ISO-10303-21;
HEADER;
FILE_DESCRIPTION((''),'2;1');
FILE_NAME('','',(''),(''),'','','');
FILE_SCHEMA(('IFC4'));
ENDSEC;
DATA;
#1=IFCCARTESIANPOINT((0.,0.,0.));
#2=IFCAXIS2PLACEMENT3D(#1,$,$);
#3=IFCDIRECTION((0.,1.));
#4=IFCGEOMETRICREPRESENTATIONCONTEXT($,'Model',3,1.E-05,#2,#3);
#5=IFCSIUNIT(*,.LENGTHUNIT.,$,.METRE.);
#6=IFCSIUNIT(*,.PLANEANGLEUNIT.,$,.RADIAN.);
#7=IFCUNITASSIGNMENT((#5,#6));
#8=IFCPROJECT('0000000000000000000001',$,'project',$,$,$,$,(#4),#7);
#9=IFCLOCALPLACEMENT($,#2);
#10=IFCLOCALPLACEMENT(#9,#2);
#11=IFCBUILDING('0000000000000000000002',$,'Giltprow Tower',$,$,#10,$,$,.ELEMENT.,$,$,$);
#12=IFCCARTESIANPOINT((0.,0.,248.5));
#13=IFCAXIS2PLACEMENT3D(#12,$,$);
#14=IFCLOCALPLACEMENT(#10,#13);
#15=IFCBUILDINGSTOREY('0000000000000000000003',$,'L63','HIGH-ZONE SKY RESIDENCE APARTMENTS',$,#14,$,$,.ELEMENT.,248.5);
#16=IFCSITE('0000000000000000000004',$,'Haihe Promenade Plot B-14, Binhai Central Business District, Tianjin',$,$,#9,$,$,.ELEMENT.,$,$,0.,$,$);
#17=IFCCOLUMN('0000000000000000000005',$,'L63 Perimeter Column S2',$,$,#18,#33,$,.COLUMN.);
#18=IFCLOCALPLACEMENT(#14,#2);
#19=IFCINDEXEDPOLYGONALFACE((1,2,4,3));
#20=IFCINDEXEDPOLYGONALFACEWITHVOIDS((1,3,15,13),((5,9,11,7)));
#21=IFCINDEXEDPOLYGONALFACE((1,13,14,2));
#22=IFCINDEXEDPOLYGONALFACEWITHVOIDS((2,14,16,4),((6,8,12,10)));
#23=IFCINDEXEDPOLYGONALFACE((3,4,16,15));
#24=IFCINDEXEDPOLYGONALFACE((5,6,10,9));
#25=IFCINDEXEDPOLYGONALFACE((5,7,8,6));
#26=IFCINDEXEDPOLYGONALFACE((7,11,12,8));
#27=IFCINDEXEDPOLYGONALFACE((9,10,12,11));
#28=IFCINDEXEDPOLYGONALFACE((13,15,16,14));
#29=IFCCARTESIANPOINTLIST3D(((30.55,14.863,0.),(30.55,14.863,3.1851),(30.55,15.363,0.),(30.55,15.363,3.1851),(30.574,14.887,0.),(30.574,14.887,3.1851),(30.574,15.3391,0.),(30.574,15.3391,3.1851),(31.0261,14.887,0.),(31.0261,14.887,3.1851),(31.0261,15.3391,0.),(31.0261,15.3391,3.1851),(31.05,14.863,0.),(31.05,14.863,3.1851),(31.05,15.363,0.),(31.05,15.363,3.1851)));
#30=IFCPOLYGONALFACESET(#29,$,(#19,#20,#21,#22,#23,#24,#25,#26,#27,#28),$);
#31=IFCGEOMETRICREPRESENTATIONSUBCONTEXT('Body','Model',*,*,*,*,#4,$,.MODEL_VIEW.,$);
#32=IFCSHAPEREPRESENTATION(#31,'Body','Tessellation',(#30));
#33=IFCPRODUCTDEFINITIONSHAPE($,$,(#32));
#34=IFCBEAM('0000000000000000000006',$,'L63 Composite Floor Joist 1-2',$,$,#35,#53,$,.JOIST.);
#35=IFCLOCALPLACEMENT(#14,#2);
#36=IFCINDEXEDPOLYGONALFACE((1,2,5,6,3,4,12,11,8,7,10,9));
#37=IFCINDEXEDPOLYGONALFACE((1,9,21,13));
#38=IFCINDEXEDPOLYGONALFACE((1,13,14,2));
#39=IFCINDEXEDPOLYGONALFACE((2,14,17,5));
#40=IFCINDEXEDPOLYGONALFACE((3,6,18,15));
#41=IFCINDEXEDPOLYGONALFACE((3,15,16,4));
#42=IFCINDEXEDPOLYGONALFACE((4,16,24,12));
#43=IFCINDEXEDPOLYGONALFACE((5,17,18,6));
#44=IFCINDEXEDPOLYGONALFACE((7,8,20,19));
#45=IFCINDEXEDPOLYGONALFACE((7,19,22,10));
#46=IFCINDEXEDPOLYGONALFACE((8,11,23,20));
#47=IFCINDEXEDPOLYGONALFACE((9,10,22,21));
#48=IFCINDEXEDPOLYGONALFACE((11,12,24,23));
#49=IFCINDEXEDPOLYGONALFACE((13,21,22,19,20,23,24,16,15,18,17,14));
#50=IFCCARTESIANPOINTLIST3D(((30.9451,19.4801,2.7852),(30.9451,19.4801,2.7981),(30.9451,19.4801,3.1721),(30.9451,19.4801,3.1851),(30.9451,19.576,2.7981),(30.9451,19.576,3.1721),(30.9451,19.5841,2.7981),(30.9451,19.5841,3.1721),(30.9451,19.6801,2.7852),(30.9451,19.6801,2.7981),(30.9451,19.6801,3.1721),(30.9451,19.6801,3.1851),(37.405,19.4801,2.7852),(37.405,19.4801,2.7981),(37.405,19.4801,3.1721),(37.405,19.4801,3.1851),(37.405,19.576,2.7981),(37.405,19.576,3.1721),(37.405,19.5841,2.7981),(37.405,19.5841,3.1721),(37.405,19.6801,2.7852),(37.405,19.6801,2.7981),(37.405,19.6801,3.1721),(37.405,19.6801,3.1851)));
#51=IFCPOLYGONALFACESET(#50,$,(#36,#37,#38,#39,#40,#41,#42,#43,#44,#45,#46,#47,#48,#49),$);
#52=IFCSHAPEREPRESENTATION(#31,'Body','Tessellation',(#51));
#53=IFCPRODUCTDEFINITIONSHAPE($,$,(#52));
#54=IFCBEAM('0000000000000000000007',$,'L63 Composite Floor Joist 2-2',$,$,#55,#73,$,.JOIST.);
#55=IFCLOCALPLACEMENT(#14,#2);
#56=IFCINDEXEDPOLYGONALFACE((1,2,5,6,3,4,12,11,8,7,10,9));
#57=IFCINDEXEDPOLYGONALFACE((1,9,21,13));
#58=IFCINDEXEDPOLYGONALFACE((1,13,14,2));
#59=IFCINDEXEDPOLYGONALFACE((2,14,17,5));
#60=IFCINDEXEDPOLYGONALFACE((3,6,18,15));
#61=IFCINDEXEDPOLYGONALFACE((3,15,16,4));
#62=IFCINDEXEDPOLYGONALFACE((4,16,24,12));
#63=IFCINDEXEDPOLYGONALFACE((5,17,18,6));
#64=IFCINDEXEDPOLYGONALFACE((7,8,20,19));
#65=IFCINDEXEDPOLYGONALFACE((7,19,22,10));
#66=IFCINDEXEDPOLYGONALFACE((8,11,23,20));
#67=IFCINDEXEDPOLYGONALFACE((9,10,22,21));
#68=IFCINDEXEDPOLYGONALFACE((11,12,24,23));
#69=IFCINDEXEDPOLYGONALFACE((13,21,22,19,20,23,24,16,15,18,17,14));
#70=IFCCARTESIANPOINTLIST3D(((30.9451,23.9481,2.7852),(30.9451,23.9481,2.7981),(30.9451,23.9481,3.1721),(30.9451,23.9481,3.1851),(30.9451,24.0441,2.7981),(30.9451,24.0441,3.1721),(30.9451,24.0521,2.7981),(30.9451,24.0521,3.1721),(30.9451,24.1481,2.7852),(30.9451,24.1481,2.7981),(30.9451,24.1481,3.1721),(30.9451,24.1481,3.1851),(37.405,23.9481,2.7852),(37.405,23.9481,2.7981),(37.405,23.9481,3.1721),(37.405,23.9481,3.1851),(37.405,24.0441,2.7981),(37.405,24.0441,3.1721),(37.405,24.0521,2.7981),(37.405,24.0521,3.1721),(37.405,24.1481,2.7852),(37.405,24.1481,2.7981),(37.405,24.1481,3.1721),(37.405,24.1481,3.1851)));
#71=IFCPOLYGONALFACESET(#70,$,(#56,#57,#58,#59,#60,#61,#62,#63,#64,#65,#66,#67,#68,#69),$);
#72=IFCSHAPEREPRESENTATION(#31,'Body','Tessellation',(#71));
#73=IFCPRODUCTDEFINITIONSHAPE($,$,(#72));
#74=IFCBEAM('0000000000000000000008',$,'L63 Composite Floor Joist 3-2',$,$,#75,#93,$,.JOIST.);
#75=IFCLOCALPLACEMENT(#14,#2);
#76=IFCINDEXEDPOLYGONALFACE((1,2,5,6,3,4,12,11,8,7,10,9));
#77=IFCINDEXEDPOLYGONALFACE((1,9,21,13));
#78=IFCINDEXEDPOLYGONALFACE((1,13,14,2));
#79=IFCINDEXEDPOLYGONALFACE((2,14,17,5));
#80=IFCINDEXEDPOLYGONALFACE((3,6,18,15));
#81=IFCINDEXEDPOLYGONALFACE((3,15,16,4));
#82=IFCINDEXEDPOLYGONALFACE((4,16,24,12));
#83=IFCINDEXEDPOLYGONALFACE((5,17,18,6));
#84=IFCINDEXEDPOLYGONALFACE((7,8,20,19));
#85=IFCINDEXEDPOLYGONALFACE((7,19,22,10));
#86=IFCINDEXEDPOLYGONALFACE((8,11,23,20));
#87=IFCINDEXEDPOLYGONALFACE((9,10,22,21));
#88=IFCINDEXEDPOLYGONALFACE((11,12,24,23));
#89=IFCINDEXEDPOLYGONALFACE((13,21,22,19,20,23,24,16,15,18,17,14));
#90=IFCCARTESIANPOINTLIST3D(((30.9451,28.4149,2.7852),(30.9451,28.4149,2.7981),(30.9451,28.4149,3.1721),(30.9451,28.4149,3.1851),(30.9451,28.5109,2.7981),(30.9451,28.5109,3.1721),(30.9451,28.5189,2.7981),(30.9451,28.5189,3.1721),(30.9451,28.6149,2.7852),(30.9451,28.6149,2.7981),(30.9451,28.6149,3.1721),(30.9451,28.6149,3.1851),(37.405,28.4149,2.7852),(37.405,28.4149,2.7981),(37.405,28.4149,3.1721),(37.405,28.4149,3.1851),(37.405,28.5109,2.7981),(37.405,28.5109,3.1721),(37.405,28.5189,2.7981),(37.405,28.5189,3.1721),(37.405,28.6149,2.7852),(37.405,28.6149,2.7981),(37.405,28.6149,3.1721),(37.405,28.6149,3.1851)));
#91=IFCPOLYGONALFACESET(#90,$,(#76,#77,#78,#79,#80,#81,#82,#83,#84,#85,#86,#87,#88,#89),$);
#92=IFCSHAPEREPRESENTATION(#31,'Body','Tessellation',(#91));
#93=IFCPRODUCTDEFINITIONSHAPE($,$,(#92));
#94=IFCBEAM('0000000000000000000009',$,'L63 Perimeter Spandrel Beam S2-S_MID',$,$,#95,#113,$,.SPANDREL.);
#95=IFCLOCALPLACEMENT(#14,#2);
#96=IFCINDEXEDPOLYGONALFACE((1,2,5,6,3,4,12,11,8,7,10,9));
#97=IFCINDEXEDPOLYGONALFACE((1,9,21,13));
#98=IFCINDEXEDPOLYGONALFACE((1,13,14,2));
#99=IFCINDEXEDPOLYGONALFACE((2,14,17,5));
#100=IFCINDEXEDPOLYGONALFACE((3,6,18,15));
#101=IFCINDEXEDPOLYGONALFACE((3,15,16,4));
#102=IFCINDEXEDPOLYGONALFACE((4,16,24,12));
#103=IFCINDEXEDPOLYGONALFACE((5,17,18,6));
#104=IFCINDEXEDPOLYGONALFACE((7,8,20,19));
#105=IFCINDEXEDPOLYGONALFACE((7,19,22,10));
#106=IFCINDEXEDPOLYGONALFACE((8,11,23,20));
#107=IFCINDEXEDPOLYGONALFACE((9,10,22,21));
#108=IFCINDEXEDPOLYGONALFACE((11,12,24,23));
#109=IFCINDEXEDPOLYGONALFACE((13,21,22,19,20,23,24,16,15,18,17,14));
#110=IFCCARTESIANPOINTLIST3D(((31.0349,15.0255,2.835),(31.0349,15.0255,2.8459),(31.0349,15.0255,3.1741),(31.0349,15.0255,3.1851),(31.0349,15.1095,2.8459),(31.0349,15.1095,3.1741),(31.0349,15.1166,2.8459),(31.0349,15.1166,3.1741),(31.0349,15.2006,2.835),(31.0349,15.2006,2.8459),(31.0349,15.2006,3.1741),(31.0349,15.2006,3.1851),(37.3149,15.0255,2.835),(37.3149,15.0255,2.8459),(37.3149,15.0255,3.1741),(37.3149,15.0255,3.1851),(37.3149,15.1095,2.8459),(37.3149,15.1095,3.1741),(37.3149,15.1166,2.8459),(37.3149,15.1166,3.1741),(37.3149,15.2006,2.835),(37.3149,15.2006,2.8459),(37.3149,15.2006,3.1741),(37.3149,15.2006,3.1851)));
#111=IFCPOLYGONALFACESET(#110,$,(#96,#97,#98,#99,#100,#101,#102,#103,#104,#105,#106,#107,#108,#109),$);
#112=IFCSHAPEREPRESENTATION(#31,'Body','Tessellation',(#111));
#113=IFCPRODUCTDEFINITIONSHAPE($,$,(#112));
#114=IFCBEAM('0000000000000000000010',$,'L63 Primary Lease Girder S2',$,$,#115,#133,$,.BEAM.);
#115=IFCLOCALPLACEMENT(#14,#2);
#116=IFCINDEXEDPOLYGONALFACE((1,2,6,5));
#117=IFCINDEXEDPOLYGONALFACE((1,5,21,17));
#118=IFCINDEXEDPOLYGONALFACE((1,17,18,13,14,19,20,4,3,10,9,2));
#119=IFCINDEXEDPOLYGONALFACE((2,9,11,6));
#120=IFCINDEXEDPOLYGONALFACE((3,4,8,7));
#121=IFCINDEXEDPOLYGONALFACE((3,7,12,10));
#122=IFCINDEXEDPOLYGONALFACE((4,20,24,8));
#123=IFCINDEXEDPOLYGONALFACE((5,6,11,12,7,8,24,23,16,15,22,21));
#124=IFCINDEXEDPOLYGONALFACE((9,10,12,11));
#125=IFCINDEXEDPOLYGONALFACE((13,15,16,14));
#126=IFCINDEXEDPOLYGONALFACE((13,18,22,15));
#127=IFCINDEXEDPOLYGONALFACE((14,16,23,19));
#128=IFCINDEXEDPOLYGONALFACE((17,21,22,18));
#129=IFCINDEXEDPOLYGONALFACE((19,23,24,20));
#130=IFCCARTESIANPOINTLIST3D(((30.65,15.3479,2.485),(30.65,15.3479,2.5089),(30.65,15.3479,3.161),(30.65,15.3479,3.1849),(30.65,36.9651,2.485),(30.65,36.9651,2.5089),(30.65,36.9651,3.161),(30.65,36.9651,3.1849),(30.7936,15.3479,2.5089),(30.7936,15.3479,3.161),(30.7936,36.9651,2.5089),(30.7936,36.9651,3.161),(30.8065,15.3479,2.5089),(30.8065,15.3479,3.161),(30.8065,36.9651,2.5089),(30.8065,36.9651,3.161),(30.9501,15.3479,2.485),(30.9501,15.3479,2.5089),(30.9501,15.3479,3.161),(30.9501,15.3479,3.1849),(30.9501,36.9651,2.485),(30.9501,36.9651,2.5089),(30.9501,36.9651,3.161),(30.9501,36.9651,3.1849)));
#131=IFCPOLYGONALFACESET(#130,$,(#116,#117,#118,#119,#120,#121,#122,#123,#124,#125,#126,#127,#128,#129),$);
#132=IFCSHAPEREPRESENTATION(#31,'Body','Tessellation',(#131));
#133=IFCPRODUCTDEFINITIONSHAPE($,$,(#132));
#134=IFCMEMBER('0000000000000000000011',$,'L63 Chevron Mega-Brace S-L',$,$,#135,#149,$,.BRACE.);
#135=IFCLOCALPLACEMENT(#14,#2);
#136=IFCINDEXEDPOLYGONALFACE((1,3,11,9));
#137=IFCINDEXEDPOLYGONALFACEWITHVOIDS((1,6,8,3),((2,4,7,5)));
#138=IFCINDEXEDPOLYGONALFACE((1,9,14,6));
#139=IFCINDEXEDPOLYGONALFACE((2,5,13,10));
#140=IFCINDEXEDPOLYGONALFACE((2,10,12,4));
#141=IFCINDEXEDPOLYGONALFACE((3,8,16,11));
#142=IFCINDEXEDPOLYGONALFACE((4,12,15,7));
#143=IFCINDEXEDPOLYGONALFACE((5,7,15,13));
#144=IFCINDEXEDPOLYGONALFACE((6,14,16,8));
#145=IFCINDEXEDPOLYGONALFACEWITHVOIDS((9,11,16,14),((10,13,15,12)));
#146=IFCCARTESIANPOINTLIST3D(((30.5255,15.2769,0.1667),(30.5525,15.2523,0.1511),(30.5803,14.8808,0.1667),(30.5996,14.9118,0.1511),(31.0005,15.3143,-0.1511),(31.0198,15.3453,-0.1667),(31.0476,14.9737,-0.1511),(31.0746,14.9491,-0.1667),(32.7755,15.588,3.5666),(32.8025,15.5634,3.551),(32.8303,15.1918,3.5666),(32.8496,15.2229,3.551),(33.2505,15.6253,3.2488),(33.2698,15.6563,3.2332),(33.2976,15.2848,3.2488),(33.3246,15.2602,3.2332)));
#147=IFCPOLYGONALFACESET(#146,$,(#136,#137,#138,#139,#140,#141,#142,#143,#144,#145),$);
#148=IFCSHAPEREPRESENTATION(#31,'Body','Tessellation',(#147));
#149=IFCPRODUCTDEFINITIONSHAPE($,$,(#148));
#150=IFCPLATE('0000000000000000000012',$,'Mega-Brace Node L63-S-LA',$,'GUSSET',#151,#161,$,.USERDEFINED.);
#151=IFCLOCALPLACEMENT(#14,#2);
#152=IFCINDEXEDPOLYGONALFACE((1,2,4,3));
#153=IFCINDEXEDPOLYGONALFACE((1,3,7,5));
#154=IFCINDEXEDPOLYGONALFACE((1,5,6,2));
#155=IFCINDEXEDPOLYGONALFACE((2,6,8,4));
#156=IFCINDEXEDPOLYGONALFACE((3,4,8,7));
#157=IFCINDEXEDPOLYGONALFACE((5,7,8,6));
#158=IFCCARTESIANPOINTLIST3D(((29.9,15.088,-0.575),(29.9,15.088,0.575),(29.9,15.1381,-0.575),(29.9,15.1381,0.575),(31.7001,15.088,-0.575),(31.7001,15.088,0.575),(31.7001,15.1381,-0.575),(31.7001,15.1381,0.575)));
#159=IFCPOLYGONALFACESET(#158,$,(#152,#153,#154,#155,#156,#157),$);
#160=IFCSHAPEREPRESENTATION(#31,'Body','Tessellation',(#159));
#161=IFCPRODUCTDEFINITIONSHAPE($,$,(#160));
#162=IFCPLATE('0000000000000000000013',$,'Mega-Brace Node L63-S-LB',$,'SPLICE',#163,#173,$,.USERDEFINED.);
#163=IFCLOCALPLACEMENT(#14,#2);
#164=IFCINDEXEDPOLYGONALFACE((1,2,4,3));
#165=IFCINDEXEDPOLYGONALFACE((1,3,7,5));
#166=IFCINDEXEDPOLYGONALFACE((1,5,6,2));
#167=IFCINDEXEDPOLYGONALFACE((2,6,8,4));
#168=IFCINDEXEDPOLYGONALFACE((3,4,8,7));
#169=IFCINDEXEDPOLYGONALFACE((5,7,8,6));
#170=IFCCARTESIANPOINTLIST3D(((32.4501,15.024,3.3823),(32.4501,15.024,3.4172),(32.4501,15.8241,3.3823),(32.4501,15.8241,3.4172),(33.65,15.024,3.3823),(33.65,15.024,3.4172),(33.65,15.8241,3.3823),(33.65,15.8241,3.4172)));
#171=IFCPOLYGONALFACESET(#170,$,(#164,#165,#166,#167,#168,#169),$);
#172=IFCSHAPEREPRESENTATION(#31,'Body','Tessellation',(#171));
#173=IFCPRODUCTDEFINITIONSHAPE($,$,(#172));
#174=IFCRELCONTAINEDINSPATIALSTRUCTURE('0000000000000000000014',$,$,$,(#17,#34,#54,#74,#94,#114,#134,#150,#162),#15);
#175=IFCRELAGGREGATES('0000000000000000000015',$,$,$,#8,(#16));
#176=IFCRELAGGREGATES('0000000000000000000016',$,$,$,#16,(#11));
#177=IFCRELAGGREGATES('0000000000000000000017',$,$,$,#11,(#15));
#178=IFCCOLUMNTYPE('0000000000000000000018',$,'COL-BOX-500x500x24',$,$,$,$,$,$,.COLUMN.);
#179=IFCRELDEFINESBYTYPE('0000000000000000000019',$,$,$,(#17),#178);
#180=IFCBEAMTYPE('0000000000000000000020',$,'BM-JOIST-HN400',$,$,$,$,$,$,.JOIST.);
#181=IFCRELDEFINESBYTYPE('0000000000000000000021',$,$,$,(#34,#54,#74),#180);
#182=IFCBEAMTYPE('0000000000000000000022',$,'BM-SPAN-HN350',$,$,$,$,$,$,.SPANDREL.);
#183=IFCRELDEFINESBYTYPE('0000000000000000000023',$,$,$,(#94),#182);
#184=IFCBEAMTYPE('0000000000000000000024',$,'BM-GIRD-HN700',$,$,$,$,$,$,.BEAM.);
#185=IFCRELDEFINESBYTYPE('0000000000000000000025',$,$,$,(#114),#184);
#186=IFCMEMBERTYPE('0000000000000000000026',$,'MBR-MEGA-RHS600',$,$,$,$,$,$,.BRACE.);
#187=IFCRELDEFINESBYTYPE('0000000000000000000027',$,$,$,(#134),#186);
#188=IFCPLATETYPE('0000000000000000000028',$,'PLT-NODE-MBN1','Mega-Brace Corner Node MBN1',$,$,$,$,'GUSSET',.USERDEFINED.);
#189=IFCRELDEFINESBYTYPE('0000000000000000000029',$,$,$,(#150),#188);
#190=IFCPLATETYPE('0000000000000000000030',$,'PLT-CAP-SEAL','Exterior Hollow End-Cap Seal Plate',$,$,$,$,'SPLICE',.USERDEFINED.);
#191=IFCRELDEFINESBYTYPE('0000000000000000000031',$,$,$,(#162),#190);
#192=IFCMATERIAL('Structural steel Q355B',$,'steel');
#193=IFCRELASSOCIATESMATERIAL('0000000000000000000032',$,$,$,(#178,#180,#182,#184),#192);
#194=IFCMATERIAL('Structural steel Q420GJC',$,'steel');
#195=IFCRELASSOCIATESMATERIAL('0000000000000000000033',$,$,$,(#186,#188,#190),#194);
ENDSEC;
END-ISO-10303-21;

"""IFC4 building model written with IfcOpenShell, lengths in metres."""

from ifc_helpers import new_model, si_unit, direction, frame, origin, origin_2d, place, context, subcontext, project, spatial, rectangle, hollow_rectangle, i_section, extrude, source, transform, mapped, material, material_profile, profile_set, type_object, element, save


model = new_model("IFC4")

# Units and contexts
model_context = context("Model", 3, precision=1e-05, world=origin(), true_north=direction((0.0, 1.0)))
body_context = subcontext(model_context, "Body", "Model", "MODEL_VIEW")
ifc_project = project(units=[si_unit("LENGTHUNIT", "METRE"), si_unit("PLANEANGLEUNIT", "RADIAN")], contexts=[model_context])

# Site, building, storey
site_placement = place(None, origin())
site = spatial("IfcSite", under=ifc_project, at=site_placement, Name="Haihe Promenade Plot B-14, Binhai Central Business District, Tianjin", CompositionType="ELEMENT", RefElevation=0.0)
building_placement = place(site_placement, origin())
building = spatial("IfcBuilding", under=site, at=building_placement, Name="Giltprow Tower", CompositionType="ELEMENT")
storey_placement = place(building_placement, frame((0.0, 0.0, 248.5)))
storey = spatial("IfcBuildingStorey", under=building, at=storey_placement, Name="L63", Description="HIGH-ZONE SKY RESIDENCE APARTMENTS", CompositionType="ELEMENT", Elevation=248.5)

# Column
ifc_material_1 = material(Name="Structural steel Q355B", Category="steel")
ifc_material_profile_1 = material_profile(ifc_material_1, hollow_rectangle(XDim=0.5, YDim=0.5, WallThickness=0.0239, at=origin_2d()), Name="BOX 500x500x24")
ifc_profile_set_1 = profile_set([ifc_material_profile_1], Name="Structural steel Q355B")
column_type = type_object("IfcColumnType", Name="COL-BOX-500x500x24", PredefinedType="COLUMN", material=ifc_profile_set_1)
shared_shape_1 = source(origin(), body_context, "Body", "SweptSolid", [
    extrude(hollow_rectangle(XDim=0.5, YDim=0.5, WallThickness=0.0239, at=origin_2d()), origin(), (0.0, 0.0, 1.0), 3.1851),
])
column_placement = place(storey_placement, frame((30.8, 15.113, 0.0), z_axis=(0.0, 0.0, 1.0), x_axis=(1.0, 0.0, 0.0)))
element("IfcColumn", 1, at=column_placement, inside=storey, type_object=column_type, Name="L63 Perimeter Column S2", PredefinedType="COLUMN", context=body_context, shape_type="MappedRepresentation", body=[
    mapped(shared_shape_1, transform((0.0, 0.0, 0.0), x_axis=(1.0, 0.0, 0.0), y_axis=(0.0, 1.0, 0.0), z_axis=(0.0, 0.0, 1.0), scale=1.0)),
])

# Beams
ifc_material_profile_2 = material_profile(ifc_material_1, i_section(OverallWidth=0.2, OverallDepth=0.3999, WebThickness=0.0081, FlangeThickness=0.0129, at=origin_2d()), Name="HN 400x200x8x13")
ifc_profile_set_2 = profile_set([ifc_material_profile_2], Name="Structural steel Q355B")
beam_type_1 = type_object("IfcBeamType", Name="BM-JOIST-HN400", PredefinedType="JOIST", material=ifc_profile_set_2)
shared_shape_2 = source(origin(), body_context, "Body", "SweptSolid", [
    extrude(i_section(OverallWidth=0.2, OverallDepth=0.3999, WebThickness=0.0081, FlangeThickness=0.0129, at=origin_2d()), origin(), (0.0, 0.0, 1.0), 6.46),
])
for number, where, z_axis, x_axis, name in (
    (2, (30.9451, 19.5801, 2.9851), (1.0, 0.0, 0.0), (0.0, 1.0, 0.0), "L63 Composite Floor Joist 1-2"),
    (3, (30.9451, 24.0481, 2.9851), (1.0, 0.0, 0.0), (0.0, 1.0, 0.0), "L63 Composite Floor Joist 2-2"),
    (4, (30.9451, 28.5149, 2.9851), (1.0, 0.0, 0.0), (0.0, 1.0, 0.0), "L63 Composite Floor Joist 3-2"),
):
    element("IfcBeam", number, at=place(storey_placement, frame(where, z_axis=z_axis, x_axis=x_axis)), inside=storey, type_object=beam_type_1, Name=name, PredefinedType="JOIST", context=body_context, shape_type="MappedRepresentation", body=[
        mapped(shared_shape_2, transform((0.0, 0.0, 0.0), x_axis=(1.0, 0.0, 0.0), y_axis=(0.0, 1.0, 0.0), z_axis=(0.0, 0.0, 1.0), scale=1.0)),
    ])
ifc_material_profile_3 = material_profile(ifc_material_1, i_section(OverallWidth=0.175, OverallDepth=0.3501, WebThickness=0.0071, FlangeThickness=0.011, at=origin_2d()), Name="HN 350x175x7x11")
ifc_profile_set_3 = profile_set([ifc_material_profile_3], Name="Structural steel Q355B")
beam_type_2 = type_object("IfcBeamType", Name="BM-SPAN-HN350", PredefinedType="SPANDREL", material=ifc_profile_set_3)
shared_shape_3 = source(origin(), body_context, "Body", "SweptSolid", [
    extrude(i_section(OverallWidth=0.175, OverallDepth=0.3501, WebThickness=0.0071, FlangeThickness=0.011, at=origin_2d()), origin(), (0.0, 0.0, 1.0), 6.28),
])
beam_1_placement = place(storey_placement, frame((31.0349, 15.113, 3.01), z_axis=(1.0, 0.0, 0.0), x_axis=(0.0, 1.0, 0.0)))
element("IfcBeam", 5, at=beam_1_placement, inside=storey, type_object=beam_type_2, Name="L63 Perimeter Spandrel Beam S2-S_MID", PredefinedType="SPANDREL", context=body_context, shape_type="MappedRepresentation", body=[
    mapped(shared_shape_3, transform((0.0, 0.0, 0.0), x_axis=(1.0, 0.0, 0.0), y_axis=(0.0, 1.0, 0.0), z_axis=(0.0, 0.0, 1.0), scale=1.0)),
])
ifc_material_profile_4 = material_profile(ifc_material_1, i_section(OverallWidth=0.3, OverallDepth=0.7, WebThickness=0.0129, FlangeThickness=0.0239, at=origin_2d()), Name="HN 700x300x13x24")
ifc_profile_set_4 = profile_set([ifc_material_profile_4], Name="Structural steel Q355B")
beam_type_3 = type_object("IfcBeamType", Name="BM-GIRD-HN700", PredefinedType="BEAM", material=ifc_profile_set_4)
shared_shape_4 = source(origin(), body_context, "Body", "SweptSolid", [
    extrude(i_section(OverallWidth=0.3, OverallDepth=0.7, WebThickness=0.0129, FlangeThickness=0.0239, at=origin_2d()), origin(), (0.0, 0.0, 1.0), 21.6172),
])
beam_2_placement = place(storey_placement, frame((30.8, 15.3479, 2.835), z_axis=(0.0, 1.0, 0.0), x_axis=(-1.0, 0.0, 0.0)))
element("IfcBeam", 6, at=beam_2_placement, inside=storey, type_object=beam_type_3, Name="L63 Primary Lease Girder S2", PredefinedType="BEAM", context=body_context, shape_type="MappedRepresentation", body=[
    mapped(shared_shape_4, transform((0.0, 0.0, 0.0), x_axis=(1.0, 0.0, 0.0), y_axis=(0.0, 1.0, 0.0), z_axis=(0.0, 0.0, 1.0), scale=1.0)),
])

# Member
ifc_material_2 = material(Name="Structural steel Q420GJC", Category="steel")
ifc_material_profile_5 = material_profile(ifc_material_2, hollow_rectangle(XDim=0.3999, YDim=0.6001, WallThickness=0.0281, at=origin_2d()), Name="RHS 600x400x28")
ifc_profile_set_5 = profile_set([ifc_material_profile_5], Name="Structural steel Q420GJC")
member_type = type_object("IfcMemberType", Name="MBR-MEGA-RHS600", PredefinedType="BRACE", material=ifc_profile_set_5)
shared_shape_5 = source(origin(), body_context, "Body", "SweptSolid", [
    extrude(hollow_rectangle(XDim=0.3999, YDim=0.6001, WallThickness=0.0281, at=origin_2d()), origin(), (0.0, 0.0, 1.0), 4.0889),
])
member_placement = place(storey_placement, frame((30.8, 15.113, 0.0), z_axis=(0.550279, 0.076069, 0.831509), x_axis=(-0.136936, 0.99058, 0.0)))
element("IfcMember", 7, at=member_placement, inside=storey, type_object=member_type, Name="L63 Chevron Mega-Brace S-L", PredefinedType="BRACE", context=body_context, shape_type="MappedRepresentation", body=[
    mapped(shared_shape_5, transform((0.0, 0.0, 0.0), x_axis=(1.0, 0.0, 0.0), y_axis=(0.0, 1.0, 0.0), z_axis=(0.0, 0.0, 1.0), scale=1.0)),
])

# Plates
plate_type_1 = type_object("IfcPlateType", Name="PLT-NODE-MBN1", Description="Mega-Brace Corner Node MBN1", ElementType="GUSSET", PredefinedType="USERDEFINED", material=ifc_material_2)
shared_shape_6 = source(origin(), body_context, "Body", "SweptSolid", [
    extrude(rectangle(XDim=1.8, YDim=0.05, at=origin_2d()), origin(), (0.0, 0.0, 1.0), 1.1499),
])
plate_1_placement = place(storey_placement, frame((30.8, 15.113, -0.575), z_axis=(0.0, 0.0, 1.0), x_axis=(1.0, 0.0, 0.0)))
element("IfcPlate", 8, at=plate_1_placement, inside=storey, type_object=plate_type_1, Name="Mega-Brace Node L63-S-LA", ObjectType="GUSSET", PredefinedType="USERDEFINED", context=body_context, shape_type="MappedRepresentation", body=[
    mapped(shared_shape_6, transform((0.0, 0.0, 0.0), x_axis=(1.0, 0.0, 0.0), y_axis=(0.0, 1.0, 0.0), z_axis=(0.0, 0.0, 1.0), scale=1.0)),
])
plate_type_2 = type_object("IfcPlateType", Name="PLT-CAP-SEAL", Description="Exterior Hollow End-Cap Seal Plate", ElementType="SPLICE", PredefinedType="USERDEFINED", material=ifc_material_2)
shared_shape_7 = source(origin(), body_context, "Body", "SweptSolid", [
    extrude(rectangle(XDim=1.2, YDim=0.8, at=origin_2d()), origin(), (0.0, 0.0, 1.0), 0.0349),
])
plate_2_placement = place(storey_placement, frame((33.05, 15.4241, 3.3823), z_axis=(0.0, 0.0, 1.0), x_axis=(1.0, 0.0, 0.0)))
element("IfcPlate", 9, at=plate_2_placement, inside=storey, type_object=plate_type_2, Name="Mega-Brace Node L63-S-LB", ObjectType="SPLICE", PredefinedType="USERDEFINED", context=body_context, shape_type="MappedRepresentation", body=[
    mapped(shared_shape_7, transform((0.0, 0.0, 0.0), x_axis=(1.0, 0.0, 0.0), y_axis=(0.0, 1.0, 0.0), z_axis=(0.0, 0.0, 1.0), scale=1.0)),
])

save(model, "model.ifc")
